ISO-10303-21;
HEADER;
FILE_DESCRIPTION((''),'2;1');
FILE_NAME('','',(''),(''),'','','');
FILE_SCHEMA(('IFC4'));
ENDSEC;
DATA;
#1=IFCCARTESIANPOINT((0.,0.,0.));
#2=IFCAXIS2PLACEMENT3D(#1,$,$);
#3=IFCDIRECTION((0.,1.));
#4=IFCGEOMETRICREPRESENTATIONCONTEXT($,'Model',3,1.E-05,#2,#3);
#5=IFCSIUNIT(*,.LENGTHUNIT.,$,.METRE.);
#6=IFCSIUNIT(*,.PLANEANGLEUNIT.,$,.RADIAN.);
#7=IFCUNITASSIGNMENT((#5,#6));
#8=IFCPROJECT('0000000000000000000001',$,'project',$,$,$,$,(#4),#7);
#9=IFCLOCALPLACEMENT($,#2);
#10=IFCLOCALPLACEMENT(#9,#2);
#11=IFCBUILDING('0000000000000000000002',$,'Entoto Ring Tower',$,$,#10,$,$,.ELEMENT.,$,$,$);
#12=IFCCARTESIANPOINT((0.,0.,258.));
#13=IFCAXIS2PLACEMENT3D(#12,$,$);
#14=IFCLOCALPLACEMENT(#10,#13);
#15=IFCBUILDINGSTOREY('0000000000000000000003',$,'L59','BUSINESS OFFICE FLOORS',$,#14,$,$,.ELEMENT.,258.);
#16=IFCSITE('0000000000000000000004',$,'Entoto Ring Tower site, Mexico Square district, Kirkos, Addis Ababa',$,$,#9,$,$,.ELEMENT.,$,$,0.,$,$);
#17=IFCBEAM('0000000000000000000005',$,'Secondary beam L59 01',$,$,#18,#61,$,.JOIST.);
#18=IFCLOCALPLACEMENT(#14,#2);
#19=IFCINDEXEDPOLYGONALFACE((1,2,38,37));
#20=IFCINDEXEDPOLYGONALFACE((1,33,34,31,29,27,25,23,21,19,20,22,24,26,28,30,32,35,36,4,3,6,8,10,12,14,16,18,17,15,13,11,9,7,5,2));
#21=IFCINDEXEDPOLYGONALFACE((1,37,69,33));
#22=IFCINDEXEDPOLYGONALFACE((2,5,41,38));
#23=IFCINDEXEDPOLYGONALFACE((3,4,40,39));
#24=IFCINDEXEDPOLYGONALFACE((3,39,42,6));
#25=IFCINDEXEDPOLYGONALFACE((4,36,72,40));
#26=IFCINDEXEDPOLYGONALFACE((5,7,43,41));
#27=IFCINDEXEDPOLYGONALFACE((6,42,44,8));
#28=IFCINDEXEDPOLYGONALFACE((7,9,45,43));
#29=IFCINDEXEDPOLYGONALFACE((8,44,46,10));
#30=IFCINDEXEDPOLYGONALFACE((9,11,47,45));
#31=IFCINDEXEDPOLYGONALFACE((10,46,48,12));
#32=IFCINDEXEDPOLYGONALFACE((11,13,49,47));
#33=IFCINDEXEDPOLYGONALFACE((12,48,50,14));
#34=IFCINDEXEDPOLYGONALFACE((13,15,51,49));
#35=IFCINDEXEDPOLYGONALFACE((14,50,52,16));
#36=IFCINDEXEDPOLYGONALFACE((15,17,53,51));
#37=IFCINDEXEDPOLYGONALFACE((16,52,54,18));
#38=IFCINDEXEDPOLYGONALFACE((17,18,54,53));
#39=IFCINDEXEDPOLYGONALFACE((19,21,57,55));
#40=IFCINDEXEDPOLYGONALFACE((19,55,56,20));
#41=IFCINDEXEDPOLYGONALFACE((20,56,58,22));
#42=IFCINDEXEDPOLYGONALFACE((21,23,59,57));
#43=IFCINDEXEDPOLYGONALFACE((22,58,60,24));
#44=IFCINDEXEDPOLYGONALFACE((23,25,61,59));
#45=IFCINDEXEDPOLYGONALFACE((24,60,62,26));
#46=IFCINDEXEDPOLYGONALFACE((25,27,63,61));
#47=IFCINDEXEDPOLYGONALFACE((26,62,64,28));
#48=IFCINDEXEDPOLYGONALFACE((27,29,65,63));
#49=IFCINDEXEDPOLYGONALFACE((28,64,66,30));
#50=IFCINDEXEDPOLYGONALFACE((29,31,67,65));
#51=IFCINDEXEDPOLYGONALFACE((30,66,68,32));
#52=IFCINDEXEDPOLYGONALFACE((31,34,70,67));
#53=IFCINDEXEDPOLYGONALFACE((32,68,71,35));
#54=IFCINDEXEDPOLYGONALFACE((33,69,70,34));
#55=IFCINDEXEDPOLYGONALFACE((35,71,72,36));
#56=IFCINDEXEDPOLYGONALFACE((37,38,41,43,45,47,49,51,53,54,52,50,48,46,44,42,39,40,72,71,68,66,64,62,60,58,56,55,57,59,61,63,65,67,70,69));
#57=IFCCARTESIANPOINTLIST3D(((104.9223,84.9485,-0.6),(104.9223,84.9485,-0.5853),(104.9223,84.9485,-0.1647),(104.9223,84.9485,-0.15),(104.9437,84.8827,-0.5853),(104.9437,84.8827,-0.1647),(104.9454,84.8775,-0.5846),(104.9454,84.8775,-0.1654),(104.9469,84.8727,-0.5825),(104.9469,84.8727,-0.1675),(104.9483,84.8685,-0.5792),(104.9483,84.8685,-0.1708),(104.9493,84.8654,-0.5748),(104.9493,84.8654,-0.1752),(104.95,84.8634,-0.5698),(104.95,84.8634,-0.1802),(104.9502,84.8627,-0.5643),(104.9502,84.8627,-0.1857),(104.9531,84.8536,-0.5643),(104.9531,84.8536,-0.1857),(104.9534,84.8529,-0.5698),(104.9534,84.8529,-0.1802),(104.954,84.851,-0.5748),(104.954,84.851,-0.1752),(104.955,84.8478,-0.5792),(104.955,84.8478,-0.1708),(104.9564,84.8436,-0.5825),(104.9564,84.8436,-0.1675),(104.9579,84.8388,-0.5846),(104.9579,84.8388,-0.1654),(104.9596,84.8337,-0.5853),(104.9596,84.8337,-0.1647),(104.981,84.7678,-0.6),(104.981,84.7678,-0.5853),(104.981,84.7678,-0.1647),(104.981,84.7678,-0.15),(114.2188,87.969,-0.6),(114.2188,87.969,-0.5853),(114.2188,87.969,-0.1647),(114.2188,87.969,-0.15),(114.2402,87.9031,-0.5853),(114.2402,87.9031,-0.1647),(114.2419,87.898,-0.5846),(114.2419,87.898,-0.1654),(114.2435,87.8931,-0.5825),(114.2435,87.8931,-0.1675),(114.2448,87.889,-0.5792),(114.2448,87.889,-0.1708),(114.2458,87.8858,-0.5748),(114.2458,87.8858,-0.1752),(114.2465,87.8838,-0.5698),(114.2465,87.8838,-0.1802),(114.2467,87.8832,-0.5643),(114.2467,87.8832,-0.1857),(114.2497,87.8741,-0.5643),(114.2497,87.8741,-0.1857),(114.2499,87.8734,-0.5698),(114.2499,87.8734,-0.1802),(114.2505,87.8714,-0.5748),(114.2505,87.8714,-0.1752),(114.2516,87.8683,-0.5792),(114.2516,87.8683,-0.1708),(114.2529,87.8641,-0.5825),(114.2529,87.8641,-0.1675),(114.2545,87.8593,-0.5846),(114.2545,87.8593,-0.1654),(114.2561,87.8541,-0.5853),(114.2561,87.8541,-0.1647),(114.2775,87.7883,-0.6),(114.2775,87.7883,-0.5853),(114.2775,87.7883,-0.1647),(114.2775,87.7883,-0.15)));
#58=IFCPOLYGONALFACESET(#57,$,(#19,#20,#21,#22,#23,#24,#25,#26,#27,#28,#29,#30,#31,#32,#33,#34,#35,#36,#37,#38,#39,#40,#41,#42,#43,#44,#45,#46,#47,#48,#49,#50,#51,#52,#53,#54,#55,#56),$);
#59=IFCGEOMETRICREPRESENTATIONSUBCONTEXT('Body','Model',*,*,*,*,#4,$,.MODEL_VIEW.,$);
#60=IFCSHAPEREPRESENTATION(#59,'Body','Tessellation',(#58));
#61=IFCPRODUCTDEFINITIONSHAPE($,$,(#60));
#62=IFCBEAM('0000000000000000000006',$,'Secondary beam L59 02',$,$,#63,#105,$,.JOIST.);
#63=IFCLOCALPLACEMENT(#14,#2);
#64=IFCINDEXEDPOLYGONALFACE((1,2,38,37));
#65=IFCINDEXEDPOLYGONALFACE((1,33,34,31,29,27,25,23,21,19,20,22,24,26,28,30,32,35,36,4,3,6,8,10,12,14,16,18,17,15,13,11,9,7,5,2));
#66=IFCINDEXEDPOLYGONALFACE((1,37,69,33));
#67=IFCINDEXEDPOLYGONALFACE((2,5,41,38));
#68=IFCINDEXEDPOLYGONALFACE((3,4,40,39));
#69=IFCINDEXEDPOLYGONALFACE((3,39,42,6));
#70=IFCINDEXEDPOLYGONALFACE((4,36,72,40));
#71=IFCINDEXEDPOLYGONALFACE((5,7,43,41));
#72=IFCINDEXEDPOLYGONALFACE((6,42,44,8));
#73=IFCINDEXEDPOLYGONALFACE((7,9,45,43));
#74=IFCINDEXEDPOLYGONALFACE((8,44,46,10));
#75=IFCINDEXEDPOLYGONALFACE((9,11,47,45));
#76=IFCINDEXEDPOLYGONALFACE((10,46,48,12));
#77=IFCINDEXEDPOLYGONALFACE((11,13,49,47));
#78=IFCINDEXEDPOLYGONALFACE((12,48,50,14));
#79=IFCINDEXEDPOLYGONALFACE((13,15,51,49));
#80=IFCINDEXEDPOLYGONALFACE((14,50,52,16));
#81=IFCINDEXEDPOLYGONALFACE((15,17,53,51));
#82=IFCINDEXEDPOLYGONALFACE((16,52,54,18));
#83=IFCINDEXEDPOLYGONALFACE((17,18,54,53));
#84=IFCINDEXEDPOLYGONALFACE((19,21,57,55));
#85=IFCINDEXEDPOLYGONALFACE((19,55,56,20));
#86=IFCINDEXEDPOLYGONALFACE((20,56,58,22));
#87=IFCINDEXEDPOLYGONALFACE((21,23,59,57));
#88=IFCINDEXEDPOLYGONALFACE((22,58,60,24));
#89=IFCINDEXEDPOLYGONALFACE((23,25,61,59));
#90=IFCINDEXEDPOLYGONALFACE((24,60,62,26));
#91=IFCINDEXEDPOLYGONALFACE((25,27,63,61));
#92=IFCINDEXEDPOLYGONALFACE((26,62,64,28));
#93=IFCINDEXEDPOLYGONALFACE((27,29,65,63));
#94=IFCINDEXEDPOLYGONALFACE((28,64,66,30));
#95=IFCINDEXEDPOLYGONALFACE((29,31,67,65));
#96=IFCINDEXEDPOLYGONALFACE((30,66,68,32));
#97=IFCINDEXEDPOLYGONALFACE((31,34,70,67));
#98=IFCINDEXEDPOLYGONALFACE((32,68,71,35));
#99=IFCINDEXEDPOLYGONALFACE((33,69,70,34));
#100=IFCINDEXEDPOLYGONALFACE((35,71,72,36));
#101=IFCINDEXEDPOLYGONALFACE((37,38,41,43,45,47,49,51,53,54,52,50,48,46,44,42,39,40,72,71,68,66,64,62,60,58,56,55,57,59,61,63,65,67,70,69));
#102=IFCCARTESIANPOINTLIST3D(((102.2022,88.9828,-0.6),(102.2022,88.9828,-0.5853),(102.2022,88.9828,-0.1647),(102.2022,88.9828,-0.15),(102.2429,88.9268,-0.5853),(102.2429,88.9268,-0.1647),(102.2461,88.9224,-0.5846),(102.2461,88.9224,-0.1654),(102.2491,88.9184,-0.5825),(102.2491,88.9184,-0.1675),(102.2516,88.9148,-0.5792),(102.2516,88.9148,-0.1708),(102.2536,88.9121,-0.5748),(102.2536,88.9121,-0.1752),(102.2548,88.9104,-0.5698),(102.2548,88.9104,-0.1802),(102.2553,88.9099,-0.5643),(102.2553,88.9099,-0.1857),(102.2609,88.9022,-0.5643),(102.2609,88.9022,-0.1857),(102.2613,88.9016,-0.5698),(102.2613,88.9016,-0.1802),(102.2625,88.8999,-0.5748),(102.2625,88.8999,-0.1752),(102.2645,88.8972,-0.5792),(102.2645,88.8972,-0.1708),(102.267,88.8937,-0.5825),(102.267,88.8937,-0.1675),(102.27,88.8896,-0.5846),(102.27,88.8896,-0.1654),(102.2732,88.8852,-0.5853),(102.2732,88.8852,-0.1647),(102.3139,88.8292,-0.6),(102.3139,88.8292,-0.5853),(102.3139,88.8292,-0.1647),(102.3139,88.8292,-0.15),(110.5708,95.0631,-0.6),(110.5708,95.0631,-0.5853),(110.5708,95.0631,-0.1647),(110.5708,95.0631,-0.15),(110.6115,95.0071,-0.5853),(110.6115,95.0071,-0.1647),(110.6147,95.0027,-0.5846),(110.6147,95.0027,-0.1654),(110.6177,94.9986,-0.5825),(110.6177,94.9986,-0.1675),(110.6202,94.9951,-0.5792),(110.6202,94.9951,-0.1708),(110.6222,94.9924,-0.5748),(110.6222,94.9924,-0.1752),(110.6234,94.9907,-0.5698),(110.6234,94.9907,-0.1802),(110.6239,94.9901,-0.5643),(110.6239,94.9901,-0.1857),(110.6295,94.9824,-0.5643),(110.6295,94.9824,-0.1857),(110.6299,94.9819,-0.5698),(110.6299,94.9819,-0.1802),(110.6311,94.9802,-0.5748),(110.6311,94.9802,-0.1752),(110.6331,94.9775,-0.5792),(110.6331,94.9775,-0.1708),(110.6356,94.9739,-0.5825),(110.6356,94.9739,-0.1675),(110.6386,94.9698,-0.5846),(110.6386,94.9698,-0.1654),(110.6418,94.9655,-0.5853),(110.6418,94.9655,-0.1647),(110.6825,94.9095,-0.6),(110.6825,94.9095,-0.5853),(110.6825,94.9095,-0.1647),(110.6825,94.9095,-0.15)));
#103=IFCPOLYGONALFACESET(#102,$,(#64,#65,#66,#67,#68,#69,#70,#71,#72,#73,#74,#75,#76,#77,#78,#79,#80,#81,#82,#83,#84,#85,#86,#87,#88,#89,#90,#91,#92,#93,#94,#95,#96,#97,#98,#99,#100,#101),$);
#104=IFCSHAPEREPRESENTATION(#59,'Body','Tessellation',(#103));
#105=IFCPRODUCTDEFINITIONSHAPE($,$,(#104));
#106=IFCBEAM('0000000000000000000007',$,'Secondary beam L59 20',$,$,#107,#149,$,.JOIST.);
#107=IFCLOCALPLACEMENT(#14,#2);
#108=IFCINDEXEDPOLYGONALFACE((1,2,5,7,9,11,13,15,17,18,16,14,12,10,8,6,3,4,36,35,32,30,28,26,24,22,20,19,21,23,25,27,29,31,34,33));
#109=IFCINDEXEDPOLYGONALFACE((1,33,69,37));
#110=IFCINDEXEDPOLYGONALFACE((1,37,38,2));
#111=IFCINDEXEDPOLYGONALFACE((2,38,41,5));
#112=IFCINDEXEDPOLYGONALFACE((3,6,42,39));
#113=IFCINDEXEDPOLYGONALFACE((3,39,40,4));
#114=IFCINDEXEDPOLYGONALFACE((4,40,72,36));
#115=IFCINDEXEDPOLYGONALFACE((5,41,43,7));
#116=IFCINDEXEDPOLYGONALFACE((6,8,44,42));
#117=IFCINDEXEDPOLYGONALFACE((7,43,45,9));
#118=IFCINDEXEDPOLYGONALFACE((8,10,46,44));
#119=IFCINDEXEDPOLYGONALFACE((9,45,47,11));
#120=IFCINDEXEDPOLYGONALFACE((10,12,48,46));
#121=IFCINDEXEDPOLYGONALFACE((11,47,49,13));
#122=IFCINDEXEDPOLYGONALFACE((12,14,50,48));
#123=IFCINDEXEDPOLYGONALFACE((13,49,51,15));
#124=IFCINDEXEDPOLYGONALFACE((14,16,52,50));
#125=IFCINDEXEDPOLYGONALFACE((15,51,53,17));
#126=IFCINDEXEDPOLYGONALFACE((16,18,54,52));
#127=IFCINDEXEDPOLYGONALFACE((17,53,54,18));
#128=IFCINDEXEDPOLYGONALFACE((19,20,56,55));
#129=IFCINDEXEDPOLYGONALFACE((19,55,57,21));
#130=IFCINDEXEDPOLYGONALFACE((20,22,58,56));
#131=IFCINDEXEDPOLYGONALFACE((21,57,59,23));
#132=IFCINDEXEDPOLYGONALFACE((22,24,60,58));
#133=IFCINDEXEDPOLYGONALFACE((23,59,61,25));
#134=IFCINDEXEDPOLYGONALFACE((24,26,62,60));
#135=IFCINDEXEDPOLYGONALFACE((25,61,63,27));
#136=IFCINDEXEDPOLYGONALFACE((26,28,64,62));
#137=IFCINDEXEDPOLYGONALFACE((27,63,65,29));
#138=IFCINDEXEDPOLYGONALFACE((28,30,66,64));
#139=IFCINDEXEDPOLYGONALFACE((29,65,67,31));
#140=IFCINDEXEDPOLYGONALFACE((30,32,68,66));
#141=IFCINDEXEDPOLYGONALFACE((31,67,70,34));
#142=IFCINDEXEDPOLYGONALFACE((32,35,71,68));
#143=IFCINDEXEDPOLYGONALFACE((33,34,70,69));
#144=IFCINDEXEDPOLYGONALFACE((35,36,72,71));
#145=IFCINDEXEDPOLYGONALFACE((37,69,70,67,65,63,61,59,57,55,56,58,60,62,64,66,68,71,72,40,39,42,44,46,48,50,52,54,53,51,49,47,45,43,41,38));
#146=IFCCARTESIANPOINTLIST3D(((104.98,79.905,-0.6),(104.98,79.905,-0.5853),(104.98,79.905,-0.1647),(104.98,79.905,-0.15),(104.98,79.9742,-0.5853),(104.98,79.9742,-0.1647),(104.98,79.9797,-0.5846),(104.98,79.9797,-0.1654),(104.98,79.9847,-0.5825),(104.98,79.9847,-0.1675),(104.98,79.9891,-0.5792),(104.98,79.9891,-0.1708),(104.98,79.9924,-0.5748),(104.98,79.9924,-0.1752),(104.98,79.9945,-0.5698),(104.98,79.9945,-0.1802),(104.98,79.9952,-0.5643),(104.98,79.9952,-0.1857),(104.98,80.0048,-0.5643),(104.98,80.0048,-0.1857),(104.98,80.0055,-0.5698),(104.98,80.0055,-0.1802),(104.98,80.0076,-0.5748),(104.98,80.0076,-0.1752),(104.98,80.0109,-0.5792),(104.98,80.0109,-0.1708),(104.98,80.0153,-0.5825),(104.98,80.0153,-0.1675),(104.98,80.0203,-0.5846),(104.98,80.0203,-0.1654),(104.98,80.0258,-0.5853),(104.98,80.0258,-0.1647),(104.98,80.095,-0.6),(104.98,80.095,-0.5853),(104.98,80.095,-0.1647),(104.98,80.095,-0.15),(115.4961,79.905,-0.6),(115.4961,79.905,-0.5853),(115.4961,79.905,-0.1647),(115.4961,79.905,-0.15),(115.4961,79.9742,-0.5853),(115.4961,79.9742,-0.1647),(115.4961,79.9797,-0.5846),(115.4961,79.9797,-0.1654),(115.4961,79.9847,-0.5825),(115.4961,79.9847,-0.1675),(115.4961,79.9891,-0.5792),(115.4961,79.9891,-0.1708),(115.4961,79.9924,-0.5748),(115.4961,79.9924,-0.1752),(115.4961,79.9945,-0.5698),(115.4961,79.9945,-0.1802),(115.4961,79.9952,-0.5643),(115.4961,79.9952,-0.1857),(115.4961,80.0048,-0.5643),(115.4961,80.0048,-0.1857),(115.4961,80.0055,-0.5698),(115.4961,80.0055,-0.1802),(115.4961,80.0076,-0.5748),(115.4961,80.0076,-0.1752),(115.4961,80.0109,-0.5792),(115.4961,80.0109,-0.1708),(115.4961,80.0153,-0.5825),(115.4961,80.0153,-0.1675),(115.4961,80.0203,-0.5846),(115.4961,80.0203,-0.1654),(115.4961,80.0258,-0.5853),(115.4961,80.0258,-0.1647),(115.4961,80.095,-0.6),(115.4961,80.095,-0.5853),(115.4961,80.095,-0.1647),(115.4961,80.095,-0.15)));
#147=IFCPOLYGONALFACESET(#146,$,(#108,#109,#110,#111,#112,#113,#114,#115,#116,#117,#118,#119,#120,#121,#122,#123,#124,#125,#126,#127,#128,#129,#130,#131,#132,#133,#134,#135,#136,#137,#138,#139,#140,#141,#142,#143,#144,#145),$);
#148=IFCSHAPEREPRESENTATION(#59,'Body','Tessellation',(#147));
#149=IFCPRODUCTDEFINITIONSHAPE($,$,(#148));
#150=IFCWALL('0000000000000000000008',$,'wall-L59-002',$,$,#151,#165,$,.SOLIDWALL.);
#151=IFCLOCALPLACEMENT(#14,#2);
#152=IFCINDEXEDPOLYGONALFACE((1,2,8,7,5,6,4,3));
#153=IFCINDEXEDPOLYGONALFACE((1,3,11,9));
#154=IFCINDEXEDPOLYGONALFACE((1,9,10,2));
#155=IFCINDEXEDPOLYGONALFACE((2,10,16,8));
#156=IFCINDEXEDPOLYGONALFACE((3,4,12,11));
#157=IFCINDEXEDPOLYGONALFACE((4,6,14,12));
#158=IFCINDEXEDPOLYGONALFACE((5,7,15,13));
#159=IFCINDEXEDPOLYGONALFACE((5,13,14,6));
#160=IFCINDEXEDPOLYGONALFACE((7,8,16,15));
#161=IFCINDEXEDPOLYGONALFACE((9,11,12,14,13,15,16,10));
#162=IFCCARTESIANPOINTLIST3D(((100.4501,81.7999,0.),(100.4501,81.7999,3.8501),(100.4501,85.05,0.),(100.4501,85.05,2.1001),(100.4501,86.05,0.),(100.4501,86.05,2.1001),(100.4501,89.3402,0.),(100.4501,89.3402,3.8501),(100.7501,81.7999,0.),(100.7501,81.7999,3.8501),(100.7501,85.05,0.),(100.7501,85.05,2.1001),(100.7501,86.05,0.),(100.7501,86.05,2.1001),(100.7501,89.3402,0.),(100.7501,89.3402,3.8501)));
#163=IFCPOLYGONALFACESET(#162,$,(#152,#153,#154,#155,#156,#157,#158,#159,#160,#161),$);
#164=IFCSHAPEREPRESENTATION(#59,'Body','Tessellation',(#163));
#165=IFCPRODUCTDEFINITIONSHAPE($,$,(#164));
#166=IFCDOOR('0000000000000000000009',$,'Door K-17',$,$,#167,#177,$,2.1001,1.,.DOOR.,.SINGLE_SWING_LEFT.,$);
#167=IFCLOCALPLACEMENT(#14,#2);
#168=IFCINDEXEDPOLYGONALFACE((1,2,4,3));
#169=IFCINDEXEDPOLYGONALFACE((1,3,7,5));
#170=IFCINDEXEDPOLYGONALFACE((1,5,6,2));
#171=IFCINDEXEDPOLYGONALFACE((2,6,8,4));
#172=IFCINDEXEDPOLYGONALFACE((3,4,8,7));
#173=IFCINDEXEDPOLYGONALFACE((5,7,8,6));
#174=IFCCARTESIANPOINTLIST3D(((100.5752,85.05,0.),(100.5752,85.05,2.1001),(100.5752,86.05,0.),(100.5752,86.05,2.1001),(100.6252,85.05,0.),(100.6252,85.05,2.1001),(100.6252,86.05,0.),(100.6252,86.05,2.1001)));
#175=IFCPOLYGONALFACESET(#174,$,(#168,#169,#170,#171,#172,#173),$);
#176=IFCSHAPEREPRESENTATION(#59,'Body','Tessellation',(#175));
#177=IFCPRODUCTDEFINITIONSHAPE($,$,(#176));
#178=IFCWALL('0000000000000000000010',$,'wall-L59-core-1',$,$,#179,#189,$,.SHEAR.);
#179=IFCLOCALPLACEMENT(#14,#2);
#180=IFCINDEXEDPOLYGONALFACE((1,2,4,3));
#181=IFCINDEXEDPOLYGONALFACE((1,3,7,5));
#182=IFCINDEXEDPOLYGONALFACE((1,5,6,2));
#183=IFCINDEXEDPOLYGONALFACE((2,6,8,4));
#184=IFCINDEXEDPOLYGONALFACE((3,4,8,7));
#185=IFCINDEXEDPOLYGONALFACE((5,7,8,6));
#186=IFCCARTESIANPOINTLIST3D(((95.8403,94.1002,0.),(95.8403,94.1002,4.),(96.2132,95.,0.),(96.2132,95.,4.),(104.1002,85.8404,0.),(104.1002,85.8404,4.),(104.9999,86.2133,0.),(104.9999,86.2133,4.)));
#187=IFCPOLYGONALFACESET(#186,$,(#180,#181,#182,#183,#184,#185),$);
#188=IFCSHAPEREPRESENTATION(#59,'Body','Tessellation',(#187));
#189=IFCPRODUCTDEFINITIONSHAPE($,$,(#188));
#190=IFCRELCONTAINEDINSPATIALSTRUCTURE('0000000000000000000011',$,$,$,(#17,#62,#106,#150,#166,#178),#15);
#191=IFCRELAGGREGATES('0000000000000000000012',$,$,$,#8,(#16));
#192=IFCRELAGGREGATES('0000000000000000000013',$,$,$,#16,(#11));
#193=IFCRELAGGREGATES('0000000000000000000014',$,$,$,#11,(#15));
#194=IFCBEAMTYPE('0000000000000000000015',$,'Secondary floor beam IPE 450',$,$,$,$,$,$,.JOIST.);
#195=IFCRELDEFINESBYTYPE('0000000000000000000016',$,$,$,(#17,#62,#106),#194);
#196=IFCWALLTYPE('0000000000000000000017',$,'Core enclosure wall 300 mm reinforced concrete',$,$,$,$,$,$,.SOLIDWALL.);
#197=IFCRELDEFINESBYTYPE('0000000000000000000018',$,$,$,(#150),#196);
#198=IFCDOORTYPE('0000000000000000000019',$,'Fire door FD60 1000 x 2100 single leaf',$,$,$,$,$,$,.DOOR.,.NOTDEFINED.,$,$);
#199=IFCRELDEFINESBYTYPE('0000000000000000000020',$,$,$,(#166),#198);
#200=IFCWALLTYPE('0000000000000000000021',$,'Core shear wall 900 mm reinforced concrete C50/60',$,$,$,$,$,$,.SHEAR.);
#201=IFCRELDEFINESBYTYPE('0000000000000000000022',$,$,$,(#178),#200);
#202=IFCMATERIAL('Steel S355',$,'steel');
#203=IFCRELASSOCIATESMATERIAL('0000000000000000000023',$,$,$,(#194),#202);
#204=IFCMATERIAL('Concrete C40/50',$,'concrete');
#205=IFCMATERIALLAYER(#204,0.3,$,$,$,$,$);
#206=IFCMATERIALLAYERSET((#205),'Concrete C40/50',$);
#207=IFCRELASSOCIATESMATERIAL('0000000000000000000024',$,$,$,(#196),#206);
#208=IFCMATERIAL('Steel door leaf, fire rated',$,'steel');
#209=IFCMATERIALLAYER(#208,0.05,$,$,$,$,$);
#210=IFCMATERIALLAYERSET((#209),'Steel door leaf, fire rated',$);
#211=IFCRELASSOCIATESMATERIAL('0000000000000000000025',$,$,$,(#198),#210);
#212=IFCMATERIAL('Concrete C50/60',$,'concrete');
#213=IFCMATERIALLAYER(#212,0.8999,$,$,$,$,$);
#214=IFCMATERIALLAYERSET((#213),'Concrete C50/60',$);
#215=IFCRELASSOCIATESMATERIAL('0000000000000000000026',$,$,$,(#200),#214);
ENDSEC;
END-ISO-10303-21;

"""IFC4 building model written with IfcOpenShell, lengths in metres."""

from ifc_helpers import new_model, si_unit, direction, frame, frame_2d, origin, origin_2d, place, context, subcontext, project, spatial, polyline, rectangle, i_section, outline, extrude, material, layer, layer_set, material_profile, profile_set, type_object, element, fill, save


model = new_model("IFC4")

# Units and contexts
model_context = context("Model", 3, precision=1e-05, world=origin(), true_north=direction((0.0, 1.0)))
body_context = subcontext(model_context, "Body", "Model", "MODEL_VIEW")
ifc_project = project(units=[si_unit("LENGTHUNIT", "METRE"), si_unit("PLANEANGLEUNIT", "RADIAN")], contexts=[model_context])

# Site, building, storey
site_placement = place(None, origin())
site = spatial("IfcSite", under=ifc_project, at=site_placement, Name="Entoto Ring Tower site, Mexico Square district, Kirkos, Addis Ababa", CompositionType="ELEMENT", RefElevation=0.0)
building_placement = place(site_placement, origin())
building = spatial("IfcBuilding", under=site, at=building_placement, Name="Entoto Ring Tower", CompositionType="ELEMENT")
storey_placement = place(building_placement, frame((0.0, 0.0, 258.0)))
storey = spatial("IfcBuildingStorey", under=building, at=storey_placement, Name="L59", Description="BUSINESS OFFICE FLOORS", CompositionType="ELEMENT", Elevation=258.0)

# Beams
ifc_material_1 = material(Name="Steel S355", Category="steel")
ifc_material_profile_1 = material_profile(ifc_material_1, i_section(OverallWidth=0.1899, OverallDepth=0.45, WebThickness=0.0095, FlangeThickness=0.0146, FilletRadius=0.021, at=origin_2d()), Name="IPE 450")
ifc_profile_set_1 = profile_set([ifc_material_profile_1], Name="Steel S355")
beam_type_1 = type_object("IfcBeamType", Name="Secondary floor beam IPE 450", PredefinedType="JOIST", material=ifc_profile_set_1)
beam_1_placement = place(storey_placement, frame((104.9517, 84.8582, -0.375), z_axis=(0.951061, 0.309003, 0.0), x_axis=(-0.309003, 0.951061, 0.0)))
element("IfcBeam", 1, at=beam_1_placement, inside=storey, type_object=beam_type_1, Name="Secondary beam L59 01", PredefinedType="JOIST", context=body_context, shape_type="SweptSolid", body=[
    extrude(i_section(OverallWidth=0.1899, OverallDepth=0.45, WebThickness=0.0095, FlangeThickness=0.0146, FilletRadius=0.021, at=origin_2d()), origin(), (0.0, 0.0, 1.0), 9.7749),
])
beam_2_placement = place(storey_placement, frame((102.2581, 88.906, -0.375), z_axis=(0.809011, 0.587794, 0.0), x_axis=(-0.587794, 0.809011, 0.0)))
element("IfcBeam", 2, at=beam_2_placement, inside=storey, type_object=beam_type_1, Name="Secondary beam L59 02", PredefinedType="JOIST", context=body_context, shape_type="SweptSolid", body=[
    extrude(i_section(OverallWidth=0.1899, OverallDepth=0.45, WebThickness=0.0095, FlangeThickness=0.0146, FilletRadius=0.021, at=origin_2d()), origin(), (0.0, 0.0, 1.0), 10.3442),
])
beam_3_placement = place(storey_placement, frame((104.98, 80.0, -0.375), z_axis=(1.0, 0.0, 0.0), x_axis=(0.0, 1.0, 0.0)))
element("IfcBeam", 3, at=beam_3_placement, inside=storey, type_object=beam_type_1, Name="Secondary beam L59 20", PredefinedType="JOIST", context=body_context, shape_type="SweptSolid", body=[
    extrude(i_section(OverallWidth=0.1899, OverallDepth=0.45, WebThickness=0.0095, FlangeThickness=0.0146, FilletRadius=0.021, at=origin_2d()), origin(), (0.0, 0.0, 1.0), 10.5161),
])

# Wall, opening, door
ifc_material_2 = material(Name="Concrete C40/50", Category="concrete")
ifc_layer_1 = layer(ifc_material_2, 0.3)
ifc_layer_set_1 = layer_set([ifc_layer_1], Name="Concrete C40/50")
wall_type_1 = type_object("IfcWallType", Name="Core enclosure wall 300 mm reinforced concrete", PredefinedType="SOLIDWALL", material=ifc_layer_set_1)
wall_1_placement = place(storey_placement, frame((100.6001, 81.8, 0.0), z_axis=(0.0, 0.0, 1.0), x_axis=(0.0, 1.0, 0.0)))
wall_1 = element("IfcWall", 4, at=wall_1_placement, inside=storey, type_object=wall_type_1, Name="wall-L59-002", PredefinedType="SOLIDWALL", context=body_context, shape_type="SweptSolid", body=[
    extrude(rectangle(XDim=7.5403, YDim=0.3, at=frame_2d((3.77, 0.0))), origin(), (0.0, 0.0, 1.0), 3.8501),
])
opening_1_placement = place(wall_1_placement, frame((3.25, 0.0, 0.0)))
opening_1 = element("IfcOpeningElement", 5, at=opening_1_placement, cuts=wall_1, PredefinedType="OPENING", context=body_context, shape_type="SweptSolid", body=[
    extrude(rectangle(XDim=1.0, YDim=2.1001, at=frame_2d((0.5, 1.05))), frame((0.0, 0.1602, 0.0), z_axis=(0.0, -1.0, 0.0), x_axis=(1.0, 0.0, 0.0)), (0.0, 0.0, 1.0), 0.3201),
])
ifc_material_3 = material(Name="Steel door leaf, fire rated", Category="steel")
ifc_layer_2 = layer(ifc_material_3, 0.05)
ifc_layer_set_2 = layer_set([ifc_layer_2], Name="Steel door leaf, fire rated")
door_type_1 = type_object("IfcDoorType", Name="Fire door FD60 1000 x 2100 single leaf", OperationType="NOTDEFINED", PredefinedType="DOOR", material=ifc_layer_set_2)
door_1_placement = place(opening_1_placement, origin())
door_1 = element("IfcDoor", 6, at=door_1_placement, inside=storey, type_object=door_type_1, Name="Door K-17", OperationType="SINGLE_SWING_LEFT", OverallHeight=2.1001, OverallWidth=1.0, PredefinedType="DOOR", context=body_context, shape_type="SweptSolid", body=[
    extrude(rectangle(XDim=1.0, YDim=2.1001, at=frame_2d((0.5, 1.05))), frame((0.0, 0.0249, 0.0), z_axis=(0.0, -1.0, 0.0), x_axis=(1.0, 0.0, 0.0)), (0.0, 0.0, 1.0), 0.05),
])
fill(opening_1, door_1)

# Wall
ifc_material_4 = material(Name="Concrete C50/60", Category="concrete")
ifc_layer_3 = layer(ifc_material_4, 0.8999)
ifc_layer_set_3 = layer_set([ifc_layer_3], Name="Concrete C50/60")
wall_type_2 = type_object("IfcWallType", Name="Core shear wall 900 mm reinforced concrete C50/60", PredefinedType="SHEAR", material=ifc_layer_set_3)
wall_2_placement = place(storey_placement, frame((104.55, 86.0269, 0.0), z_axis=(0.0, 0.0, 1.0), x_axis=(-0.707107, 0.707107, 0.0)))
element("IfcWall", 7, at=wall_2_placement, inside=storey, type_object=wall_type_2, Name="wall-L59-core-1", PredefinedType="SHEAR", context=body_context, shape_type="SweptSolid", body=[
    extrude(outline(polyline([(-0.1863, -0.45), (12.24, -0.45), (11.8674, 0.45), (0.1863, 0.45), (-0.1863, -0.45)])), origin(), (0.0, 0.0, 1.0), 4.0),
])

save(model, "model.ifc")
